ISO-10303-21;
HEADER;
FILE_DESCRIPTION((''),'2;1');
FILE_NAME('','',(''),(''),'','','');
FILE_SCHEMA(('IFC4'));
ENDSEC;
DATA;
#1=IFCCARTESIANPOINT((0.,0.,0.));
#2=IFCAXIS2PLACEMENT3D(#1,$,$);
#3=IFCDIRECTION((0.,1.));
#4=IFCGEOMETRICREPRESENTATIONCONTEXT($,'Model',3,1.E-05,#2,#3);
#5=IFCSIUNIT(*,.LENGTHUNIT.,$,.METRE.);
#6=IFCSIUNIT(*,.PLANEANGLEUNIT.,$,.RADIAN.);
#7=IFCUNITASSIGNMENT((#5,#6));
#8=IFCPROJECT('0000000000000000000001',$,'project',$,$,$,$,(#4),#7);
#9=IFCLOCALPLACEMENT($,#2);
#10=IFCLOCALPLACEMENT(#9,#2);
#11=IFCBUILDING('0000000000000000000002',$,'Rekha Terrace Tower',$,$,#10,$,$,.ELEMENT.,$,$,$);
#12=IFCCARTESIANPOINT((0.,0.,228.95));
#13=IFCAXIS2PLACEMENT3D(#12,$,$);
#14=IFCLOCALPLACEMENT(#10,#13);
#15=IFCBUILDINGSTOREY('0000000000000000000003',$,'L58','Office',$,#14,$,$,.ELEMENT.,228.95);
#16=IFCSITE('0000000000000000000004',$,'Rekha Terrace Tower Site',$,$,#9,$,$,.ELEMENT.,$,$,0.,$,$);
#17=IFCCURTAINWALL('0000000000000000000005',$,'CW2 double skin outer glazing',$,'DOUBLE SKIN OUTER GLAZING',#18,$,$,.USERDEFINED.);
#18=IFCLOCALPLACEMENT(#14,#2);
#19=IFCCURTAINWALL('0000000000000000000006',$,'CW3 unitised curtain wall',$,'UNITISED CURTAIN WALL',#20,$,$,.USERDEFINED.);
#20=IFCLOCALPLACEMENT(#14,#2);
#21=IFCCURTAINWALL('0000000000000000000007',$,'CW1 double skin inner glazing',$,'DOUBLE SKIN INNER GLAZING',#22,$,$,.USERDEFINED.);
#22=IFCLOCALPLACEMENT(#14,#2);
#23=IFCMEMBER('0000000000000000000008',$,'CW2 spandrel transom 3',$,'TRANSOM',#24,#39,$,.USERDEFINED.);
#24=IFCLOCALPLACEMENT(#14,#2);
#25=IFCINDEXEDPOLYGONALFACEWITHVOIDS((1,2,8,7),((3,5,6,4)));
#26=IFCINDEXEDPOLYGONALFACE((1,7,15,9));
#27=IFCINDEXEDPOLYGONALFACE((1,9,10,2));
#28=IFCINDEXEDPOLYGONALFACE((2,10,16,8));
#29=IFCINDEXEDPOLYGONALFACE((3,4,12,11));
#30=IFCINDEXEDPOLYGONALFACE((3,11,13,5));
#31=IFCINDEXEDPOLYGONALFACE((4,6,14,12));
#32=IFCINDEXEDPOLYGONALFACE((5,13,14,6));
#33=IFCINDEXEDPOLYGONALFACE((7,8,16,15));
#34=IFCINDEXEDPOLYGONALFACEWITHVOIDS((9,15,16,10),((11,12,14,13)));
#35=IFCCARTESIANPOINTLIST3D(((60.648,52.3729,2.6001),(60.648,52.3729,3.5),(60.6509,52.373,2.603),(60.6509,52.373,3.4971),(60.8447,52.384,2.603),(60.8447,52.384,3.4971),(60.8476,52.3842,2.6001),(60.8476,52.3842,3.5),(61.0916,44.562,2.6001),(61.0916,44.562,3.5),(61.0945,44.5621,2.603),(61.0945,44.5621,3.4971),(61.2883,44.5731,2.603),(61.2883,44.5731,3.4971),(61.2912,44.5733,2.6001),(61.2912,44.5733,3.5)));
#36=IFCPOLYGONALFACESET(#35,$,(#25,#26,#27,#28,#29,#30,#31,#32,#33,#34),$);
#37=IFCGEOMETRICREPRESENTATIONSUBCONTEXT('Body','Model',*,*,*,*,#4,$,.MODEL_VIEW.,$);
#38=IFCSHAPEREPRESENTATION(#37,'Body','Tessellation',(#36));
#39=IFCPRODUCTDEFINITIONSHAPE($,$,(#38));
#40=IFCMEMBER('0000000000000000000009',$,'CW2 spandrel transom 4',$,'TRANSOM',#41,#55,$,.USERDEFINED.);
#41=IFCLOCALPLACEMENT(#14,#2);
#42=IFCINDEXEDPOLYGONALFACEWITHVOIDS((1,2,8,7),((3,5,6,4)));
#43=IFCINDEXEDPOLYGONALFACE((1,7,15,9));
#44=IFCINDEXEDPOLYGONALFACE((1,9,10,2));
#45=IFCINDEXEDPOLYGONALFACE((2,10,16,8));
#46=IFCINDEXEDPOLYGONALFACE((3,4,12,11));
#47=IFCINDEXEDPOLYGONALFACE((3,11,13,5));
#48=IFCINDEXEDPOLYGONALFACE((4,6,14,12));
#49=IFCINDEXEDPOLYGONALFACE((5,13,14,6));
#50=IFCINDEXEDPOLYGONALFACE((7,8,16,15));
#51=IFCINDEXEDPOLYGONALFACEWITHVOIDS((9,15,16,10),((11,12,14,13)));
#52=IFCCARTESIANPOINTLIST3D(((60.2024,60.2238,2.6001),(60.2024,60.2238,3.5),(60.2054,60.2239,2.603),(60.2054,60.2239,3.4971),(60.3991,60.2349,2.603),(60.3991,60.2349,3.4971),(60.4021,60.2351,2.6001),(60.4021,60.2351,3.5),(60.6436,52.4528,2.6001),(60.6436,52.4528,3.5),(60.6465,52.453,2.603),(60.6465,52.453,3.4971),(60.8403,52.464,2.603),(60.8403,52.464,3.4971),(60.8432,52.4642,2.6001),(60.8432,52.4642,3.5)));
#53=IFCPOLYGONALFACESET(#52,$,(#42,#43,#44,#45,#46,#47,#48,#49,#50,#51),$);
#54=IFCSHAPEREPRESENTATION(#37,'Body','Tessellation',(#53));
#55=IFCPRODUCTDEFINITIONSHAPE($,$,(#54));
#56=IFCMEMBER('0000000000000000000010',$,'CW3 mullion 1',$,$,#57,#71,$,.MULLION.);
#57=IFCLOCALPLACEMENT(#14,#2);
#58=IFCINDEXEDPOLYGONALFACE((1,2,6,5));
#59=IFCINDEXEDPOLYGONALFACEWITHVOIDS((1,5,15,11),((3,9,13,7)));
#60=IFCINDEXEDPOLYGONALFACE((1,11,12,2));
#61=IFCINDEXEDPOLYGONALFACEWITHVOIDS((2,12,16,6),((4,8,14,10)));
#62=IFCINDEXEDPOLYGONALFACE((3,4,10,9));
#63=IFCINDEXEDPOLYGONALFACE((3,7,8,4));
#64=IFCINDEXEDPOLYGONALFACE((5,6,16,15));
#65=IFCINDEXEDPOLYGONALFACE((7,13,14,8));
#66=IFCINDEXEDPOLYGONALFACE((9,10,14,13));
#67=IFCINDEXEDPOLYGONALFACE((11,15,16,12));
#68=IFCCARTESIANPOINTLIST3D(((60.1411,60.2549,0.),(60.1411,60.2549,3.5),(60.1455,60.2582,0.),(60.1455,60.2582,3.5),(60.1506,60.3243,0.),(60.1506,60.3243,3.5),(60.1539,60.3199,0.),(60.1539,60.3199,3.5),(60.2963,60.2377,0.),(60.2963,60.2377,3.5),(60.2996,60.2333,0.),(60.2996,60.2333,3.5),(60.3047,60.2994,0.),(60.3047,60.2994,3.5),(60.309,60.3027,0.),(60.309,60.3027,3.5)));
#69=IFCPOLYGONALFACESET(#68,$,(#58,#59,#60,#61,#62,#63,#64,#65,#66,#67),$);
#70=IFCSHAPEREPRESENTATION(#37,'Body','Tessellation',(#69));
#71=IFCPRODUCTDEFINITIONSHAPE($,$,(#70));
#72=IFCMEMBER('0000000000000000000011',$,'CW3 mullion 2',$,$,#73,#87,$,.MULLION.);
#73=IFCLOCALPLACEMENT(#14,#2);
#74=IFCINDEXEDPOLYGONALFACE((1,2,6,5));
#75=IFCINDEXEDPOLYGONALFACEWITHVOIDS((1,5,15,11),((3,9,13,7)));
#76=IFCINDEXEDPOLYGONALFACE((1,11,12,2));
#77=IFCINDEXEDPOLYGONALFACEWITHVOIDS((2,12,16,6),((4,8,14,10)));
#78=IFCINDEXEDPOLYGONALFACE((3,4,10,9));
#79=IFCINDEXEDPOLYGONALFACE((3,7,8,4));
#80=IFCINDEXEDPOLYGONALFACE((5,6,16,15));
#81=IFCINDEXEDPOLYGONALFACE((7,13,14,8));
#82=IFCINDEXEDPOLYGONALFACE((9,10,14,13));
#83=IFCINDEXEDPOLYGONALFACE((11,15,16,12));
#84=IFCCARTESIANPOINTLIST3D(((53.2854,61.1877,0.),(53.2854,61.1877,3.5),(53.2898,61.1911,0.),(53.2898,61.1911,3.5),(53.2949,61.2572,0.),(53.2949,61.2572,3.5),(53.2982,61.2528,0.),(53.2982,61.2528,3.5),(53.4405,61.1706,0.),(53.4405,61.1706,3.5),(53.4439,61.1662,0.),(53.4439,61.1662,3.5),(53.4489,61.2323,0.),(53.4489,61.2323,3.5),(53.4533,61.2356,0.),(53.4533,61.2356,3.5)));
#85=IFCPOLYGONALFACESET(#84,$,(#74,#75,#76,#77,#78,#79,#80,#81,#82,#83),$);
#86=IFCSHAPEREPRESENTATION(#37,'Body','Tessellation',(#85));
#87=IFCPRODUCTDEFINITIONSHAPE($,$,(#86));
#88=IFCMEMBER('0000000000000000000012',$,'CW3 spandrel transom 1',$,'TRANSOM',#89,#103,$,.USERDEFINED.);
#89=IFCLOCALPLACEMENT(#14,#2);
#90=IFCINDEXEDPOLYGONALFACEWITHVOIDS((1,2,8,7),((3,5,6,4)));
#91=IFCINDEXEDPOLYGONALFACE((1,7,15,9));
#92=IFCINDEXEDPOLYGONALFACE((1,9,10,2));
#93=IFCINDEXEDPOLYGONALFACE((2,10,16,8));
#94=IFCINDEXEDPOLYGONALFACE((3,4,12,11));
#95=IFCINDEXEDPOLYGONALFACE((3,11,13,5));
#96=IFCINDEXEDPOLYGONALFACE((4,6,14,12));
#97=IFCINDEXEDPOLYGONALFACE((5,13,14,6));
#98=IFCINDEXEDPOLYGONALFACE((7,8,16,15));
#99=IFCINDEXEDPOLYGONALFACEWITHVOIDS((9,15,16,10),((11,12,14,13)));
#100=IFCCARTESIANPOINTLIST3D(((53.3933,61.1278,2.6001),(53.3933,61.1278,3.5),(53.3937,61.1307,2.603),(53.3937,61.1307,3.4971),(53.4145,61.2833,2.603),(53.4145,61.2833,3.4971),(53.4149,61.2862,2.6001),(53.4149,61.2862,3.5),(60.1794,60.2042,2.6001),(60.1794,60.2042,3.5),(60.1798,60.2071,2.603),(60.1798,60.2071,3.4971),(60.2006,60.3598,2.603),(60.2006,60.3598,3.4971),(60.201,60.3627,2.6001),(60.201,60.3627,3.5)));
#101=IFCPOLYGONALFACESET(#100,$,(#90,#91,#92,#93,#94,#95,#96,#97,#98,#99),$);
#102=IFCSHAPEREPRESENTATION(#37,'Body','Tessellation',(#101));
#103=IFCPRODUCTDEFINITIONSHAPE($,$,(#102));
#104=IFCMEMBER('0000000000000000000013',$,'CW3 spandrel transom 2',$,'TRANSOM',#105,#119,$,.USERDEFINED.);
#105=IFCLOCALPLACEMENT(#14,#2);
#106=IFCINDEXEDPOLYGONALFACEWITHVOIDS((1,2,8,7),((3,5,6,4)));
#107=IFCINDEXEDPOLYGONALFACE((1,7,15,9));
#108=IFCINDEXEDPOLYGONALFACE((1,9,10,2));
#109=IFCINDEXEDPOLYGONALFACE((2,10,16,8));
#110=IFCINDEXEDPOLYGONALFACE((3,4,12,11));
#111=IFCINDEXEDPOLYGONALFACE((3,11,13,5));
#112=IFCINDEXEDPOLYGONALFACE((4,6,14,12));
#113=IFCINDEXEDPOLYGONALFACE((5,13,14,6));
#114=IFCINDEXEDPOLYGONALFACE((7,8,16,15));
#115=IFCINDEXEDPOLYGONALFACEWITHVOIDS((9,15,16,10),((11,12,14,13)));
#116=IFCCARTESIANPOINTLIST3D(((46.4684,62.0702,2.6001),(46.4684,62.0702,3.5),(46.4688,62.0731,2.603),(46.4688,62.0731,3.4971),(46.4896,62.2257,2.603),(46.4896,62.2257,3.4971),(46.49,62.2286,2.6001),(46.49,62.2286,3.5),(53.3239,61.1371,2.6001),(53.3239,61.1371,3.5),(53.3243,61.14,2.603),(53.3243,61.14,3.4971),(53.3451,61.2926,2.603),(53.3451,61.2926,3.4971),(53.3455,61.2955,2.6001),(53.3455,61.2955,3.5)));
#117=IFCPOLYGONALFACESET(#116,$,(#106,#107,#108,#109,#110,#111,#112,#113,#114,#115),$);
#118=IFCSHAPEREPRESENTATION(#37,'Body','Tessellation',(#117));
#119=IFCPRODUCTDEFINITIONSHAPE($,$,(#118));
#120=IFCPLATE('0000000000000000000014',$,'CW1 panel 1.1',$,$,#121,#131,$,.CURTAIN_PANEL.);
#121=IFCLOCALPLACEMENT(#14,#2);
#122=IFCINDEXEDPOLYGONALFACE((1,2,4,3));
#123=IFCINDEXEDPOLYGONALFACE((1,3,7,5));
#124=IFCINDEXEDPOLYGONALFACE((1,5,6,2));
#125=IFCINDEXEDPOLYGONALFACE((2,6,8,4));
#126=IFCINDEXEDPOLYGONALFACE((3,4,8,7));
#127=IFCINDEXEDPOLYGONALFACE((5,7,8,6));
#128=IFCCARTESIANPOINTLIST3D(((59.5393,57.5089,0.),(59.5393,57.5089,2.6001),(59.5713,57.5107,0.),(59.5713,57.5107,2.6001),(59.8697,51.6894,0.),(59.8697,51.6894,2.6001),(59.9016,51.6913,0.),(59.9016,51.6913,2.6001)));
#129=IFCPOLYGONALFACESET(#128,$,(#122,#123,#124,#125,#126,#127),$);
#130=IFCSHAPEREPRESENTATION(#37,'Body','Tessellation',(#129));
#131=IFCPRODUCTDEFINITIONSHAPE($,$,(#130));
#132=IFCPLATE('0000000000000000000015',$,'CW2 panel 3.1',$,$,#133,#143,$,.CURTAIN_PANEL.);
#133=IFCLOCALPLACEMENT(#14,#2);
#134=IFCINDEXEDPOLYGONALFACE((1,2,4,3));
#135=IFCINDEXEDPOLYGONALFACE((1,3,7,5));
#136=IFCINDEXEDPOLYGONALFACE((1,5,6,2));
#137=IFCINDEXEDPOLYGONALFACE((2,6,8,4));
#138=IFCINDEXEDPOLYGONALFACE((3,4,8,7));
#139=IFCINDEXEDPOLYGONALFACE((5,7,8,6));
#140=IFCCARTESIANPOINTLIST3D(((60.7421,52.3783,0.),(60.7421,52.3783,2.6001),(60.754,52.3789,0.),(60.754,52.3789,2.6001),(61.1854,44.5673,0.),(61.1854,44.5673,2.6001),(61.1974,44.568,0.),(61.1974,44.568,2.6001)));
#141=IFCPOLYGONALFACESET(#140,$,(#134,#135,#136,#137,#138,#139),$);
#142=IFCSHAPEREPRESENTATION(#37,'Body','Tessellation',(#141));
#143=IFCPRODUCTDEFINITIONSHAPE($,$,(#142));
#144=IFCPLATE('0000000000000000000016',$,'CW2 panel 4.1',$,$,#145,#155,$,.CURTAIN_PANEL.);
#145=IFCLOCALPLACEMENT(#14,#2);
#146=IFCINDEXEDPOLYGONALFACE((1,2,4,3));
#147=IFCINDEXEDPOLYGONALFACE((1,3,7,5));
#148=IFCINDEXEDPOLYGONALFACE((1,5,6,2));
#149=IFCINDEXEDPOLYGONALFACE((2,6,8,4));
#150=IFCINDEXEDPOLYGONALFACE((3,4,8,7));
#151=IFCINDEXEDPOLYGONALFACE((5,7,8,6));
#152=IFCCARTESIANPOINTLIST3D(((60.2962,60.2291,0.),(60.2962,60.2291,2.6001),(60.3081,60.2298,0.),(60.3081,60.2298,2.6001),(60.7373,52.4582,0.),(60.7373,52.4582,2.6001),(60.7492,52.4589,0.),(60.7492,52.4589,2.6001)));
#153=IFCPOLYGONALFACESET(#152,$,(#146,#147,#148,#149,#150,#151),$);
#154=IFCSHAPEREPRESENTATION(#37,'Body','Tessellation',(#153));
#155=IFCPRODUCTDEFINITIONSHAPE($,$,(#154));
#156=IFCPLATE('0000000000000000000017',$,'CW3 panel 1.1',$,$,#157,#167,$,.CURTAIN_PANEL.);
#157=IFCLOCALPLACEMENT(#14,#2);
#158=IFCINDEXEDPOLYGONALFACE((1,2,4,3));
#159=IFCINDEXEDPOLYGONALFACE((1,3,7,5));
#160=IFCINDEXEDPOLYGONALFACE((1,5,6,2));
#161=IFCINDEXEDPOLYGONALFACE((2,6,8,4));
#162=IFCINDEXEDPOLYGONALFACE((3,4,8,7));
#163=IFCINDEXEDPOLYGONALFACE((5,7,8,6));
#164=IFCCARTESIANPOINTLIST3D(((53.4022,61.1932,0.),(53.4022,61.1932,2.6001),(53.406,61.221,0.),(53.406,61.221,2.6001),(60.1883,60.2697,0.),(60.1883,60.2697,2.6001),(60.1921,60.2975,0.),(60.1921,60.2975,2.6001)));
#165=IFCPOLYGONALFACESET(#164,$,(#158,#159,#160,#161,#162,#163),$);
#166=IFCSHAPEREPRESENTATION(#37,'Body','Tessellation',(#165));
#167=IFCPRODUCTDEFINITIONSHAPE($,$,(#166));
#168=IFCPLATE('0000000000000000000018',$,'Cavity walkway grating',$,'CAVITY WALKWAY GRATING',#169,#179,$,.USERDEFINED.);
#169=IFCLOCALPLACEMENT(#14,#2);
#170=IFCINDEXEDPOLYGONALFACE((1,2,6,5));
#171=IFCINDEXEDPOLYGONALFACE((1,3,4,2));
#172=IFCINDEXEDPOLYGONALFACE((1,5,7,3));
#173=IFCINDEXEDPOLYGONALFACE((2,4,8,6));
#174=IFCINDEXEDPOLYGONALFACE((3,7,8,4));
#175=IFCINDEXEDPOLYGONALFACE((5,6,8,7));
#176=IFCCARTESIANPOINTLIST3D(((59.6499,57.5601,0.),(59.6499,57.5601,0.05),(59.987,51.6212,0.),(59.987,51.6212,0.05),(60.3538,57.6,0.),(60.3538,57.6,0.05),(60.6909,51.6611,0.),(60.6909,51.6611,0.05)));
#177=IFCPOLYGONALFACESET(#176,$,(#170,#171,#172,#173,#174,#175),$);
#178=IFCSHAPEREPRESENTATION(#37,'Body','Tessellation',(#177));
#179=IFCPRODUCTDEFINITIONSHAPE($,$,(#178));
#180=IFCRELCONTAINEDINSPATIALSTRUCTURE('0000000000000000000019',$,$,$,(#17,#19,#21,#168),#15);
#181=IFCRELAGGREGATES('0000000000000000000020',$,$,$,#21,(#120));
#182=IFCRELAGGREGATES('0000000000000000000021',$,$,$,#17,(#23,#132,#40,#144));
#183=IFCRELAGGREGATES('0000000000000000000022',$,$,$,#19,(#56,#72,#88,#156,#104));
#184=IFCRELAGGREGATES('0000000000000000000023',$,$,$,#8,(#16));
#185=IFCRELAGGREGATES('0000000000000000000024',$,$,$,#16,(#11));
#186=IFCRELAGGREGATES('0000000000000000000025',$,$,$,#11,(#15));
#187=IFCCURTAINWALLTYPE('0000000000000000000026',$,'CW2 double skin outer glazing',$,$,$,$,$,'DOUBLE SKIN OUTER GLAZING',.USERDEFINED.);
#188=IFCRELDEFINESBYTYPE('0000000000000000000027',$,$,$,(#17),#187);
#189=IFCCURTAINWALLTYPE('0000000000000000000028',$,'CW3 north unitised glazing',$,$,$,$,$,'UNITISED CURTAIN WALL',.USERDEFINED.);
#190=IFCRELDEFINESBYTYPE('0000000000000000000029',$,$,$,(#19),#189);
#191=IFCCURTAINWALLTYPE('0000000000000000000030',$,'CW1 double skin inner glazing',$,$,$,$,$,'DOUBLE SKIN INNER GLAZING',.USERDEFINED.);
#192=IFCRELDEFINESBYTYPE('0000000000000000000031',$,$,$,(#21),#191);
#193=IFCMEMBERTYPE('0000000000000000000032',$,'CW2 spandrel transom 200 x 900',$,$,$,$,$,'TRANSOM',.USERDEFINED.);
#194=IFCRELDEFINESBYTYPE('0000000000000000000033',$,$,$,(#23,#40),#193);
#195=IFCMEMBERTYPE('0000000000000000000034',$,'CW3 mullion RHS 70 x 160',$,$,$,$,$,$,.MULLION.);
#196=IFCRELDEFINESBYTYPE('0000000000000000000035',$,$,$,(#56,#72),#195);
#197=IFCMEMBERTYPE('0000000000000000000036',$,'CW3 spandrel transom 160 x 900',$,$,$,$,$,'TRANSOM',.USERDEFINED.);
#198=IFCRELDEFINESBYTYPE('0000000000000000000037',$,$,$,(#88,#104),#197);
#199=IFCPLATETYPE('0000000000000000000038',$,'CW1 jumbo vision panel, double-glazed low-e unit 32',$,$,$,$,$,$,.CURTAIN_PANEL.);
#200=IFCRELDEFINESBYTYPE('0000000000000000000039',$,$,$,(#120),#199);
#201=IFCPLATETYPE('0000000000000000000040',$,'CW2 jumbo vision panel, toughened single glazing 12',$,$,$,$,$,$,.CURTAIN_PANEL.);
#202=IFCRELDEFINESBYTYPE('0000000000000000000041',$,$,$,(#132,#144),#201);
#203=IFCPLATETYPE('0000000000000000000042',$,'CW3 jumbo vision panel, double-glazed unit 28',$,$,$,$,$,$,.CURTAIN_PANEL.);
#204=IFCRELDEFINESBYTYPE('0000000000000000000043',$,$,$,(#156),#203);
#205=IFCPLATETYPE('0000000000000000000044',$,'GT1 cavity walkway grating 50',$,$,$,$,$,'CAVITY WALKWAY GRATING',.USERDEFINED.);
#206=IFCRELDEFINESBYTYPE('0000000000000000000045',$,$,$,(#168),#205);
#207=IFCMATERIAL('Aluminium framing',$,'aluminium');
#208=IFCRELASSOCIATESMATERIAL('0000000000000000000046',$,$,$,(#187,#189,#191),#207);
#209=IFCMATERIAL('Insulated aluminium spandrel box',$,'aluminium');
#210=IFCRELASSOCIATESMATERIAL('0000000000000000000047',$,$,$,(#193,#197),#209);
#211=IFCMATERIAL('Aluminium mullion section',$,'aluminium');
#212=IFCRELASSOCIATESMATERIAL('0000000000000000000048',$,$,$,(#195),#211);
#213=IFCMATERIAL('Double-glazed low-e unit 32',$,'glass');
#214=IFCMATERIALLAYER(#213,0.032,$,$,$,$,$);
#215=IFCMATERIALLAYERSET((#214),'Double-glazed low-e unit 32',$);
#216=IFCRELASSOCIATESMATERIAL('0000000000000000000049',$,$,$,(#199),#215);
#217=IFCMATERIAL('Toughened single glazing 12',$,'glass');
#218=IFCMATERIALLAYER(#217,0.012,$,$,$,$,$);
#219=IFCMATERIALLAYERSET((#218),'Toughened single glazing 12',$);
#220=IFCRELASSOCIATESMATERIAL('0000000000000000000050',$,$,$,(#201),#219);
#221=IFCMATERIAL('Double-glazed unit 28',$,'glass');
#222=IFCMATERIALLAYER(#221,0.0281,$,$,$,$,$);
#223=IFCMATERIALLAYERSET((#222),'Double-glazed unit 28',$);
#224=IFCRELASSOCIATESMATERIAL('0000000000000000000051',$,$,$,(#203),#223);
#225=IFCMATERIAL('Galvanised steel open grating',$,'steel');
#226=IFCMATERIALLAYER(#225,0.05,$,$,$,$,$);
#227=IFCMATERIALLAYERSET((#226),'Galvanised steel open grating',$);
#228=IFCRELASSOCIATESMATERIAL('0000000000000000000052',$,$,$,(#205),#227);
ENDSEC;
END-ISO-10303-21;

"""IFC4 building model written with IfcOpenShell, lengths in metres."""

from ifc_helpers import new_model, si_unit, direction, frame, origin, origin_2d, place, context, subcontext, project, spatial, rectangle, hollow_rectangle, extrude, material, layer, layer_set, material_profile, profile_set, type_object, element, aggregate, save


model = new_model("IFC4")

# Units and contexts
model_context = context("Model", 3, precision=1e-05, world=origin(), true_north=direction((0.0, 1.0)))
body_context = subcontext(model_context, "Body", "Model", "MODEL_VIEW")
ifc_project = project(units=[si_unit("LENGTHUNIT", "METRE"), si_unit("PLANEANGLEUNIT", "RADIAN")], contexts=[model_context])

# Site, building, storey
site_placement = place(None, origin())
site = spatial("IfcSite", under=ifc_project, at=site_placement, Name="Rekha Terrace Tower Site", CompositionType="ELEMENT", RefElevation=0.0)
building_placement = place(site_placement, origin())
building = spatial("IfcBuilding", under=site, at=building_placement, Name="Rekha Terrace Tower", CompositionType="ELEMENT")
storey_placement = place(building_placement, frame((0.0, 0.0, 228.95)))
storey = spatial("IfcBuildingStorey", under=building, at=storey_placement, Name="L58", Description="Office", CompositionType="ELEMENT", Elevation=228.95)

# Curtain walls
ifc_material_1 = material(Name="Aluminium framing", Category="aluminium")
curtain_wall_type_1 = type_object("IfcCurtainWallType", Name="CW2 double skin outer glazing", ElementType="DOUBLE SKIN OUTER GLAZING", PredefinedType="USERDEFINED", material=ifc_material_1)
curtain_wall_1_placement = place(storey_placement, origin())
curtain_wall_1 = element("IfcCurtainWall", 1, at=curtain_wall_1_placement, inside=storey, type_object=curtain_wall_type_1, Name="CW2 double skin outer glazing", ObjectType="DOUBLE SKIN OUTER GLAZING", PredefinedType="USERDEFINED")
curtain_wall_type_2 = type_object("IfcCurtainWallType", Name="CW3 north unitised glazing", ElementType="UNITISED CURTAIN WALL", PredefinedType="USERDEFINED", material=ifc_material_1)
curtain_wall_2_placement = place(storey_placement, origin())
curtain_wall_2 = element("IfcCurtainWall", 2, at=curtain_wall_2_placement, inside=storey, type_object=curtain_wall_type_2, Name="CW3 unitised curtain wall", ObjectType="UNITISED CURTAIN WALL", PredefinedType="USERDEFINED")
curtain_wall_type_3 = type_object("IfcCurtainWallType", Name="CW1 double skin inner glazing", ElementType="DOUBLE SKIN INNER GLAZING", PredefinedType="USERDEFINED", material=ifc_material_1)
ifc_material_2 = material(Name="Aluminium mullion section", Category="aluminium")

# Curtain wall
curtain_wall_3_placement = place(storey_placement, origin())
curtain_wall_3 = element("IfcCurtainWall", 3, at=curtain_wall_3_placement, inside=storey, type_object=curtain_wall_type_3, Name="CW1 double skin inner glazing", ObjectType="DOUBLE SKIN INNER GLAZING", PredefinedType="USERDEFINED")
ifc_material_3 = material(Name="Insulated aluminium spandrel box", Category="aluminium")

# Members
ifc_material_profile_1 = material_profile(ifc_material_3, hollow_rectangle(XDim=0.2, YDim=0.8999, WallThickness=0.0029, at=origin_2d()), Name="AL SPANDREL BOX 200x900")
ifc_profile_set_1 = profile_set([ifc_material_profile_1], Name="Insulated aluminium spandrel box")
member_type_1 = type_object("IfcMemberType", Name="CW2 spandrel transom 200 x 900", ElementType="TRANSOM", PredefinedType="USERDEFINED", material=ifc_profile_set_1)
member_1_placement = place(storey_placement, frame((61.1914, 44.5676, 3.05), z_axis=(-0.056702, 0.998391, 0.0), x_axis=(-0.998391, -0.056702, 0.0)))
member_1 = element("IfcMember", 4, at=member_1_placement, type_object=member_type_1, Name="CW2 spandrel transom 3", ObjectType="TRANSOM", PredefinedType="USERDEFINED", context=body_context, shape_type="SweptSolid", body=[
    extrude(hollow_rectangle(XDim=0.2, YDim=0.8999, WallThickness=0.0029, at=origin_2d()), origin(), (0.0, 0.0, 1.0), 7.8235),
])
member_2_placement = place(storey_placement, frame((60.7434, 52.4585, 3.05), z_axis=(-0.056679, 0.998392, 0.0), x_axis=(-0.998392, -0.056679, 0.0)))
member_2 = element("IfcMember", 5, at=member_2_placement, type_object=member_type_1, Name="CW2 spandrel transom 4", ObjectType="TRANSOM", PredefinedType="USERDEFINED", context=body_context, shape_type="SweptSolid", body=[
    extrude(hollow_rectangle(XDim=0.2, YDim=0.8999, WallThickness=0.0029, at=origin_2d()), origin(), (0.0, 0.0, 1.0), 7.7834),
])
ifc_material_profile_2 = material_profile(ifc_material_2, hollow_rectangle(XDim=0.0701, YDim=0.1599, WallThickness=0.0039, at=origin_2d()), Name="AL RHS 70x160")
ifc_profile_set_2 = profile_set([ifc_material_profile_2], Name="Aluminium mullion section")
member_type_2 = type_object("IfcMemberType", Name="CW3 mullion RHS 70 x 160", PredefinedType="MULLION", material=ifc_profile_set_2)
member_3_placement = place(storey_placement, frame((60.2251, 60.2788, 0.0), z_axis=(0.0, 0.0, 1.0), x_axis=(-0.134841, -0.990867, 0.0)))
member_3 = element("IfcMember", 6, at=member_3_placement, type_object=member_type_2, Name="CW3 mullion 1", PredefinedType="MULLION", context=body_context, shape_type="SweptSolid", body=[
    extrude(hollow_rectangle(XDim=0.0701, YDim=0.1599, WallThickness=0.0039, at=origin_2d()), origin(), (0.0, 0.0, 1.0), 3.5),
])
member_4_placement = place(storey_placement, frame((53.3694, 61.2117, 0.0), z_axis=(0.0, 0.0, 1.0), x_axis=(-0.134841, -0.990867, 0.0)))
member_4 = element("IfcMember", 7, at=member_4_placement, type_object=member_type_2, Name="CW3 mullion 2", PredefinedType="MULLION", context=body_context, shape_type="SweptSolid", body=[
    extrude(hollow_rectangle(XDim=0.0701, YDim=0.1599, WallThickness=0.0039, at=origin_2d()), origin(), (0.0, 0.0, 1.0), 3.5),
])
ifc_material_profile_3 = material_profile(ifc_material_3, hollow_rectangle(XDim=0.1599, YDim=0.8999, WallThickness=0.0029, at=origin_2d()), Name="AL SPANDREL BOX 160x900")
ifc_profile_set_3 = profile_set([ifc_material_profile_3], Name="Insulated aluminium spandrel box")
member_type_3 = type_object("IfcMemberType", Name="CW3 spandrel transom 160 x 900", ElementType="TRANSOM", PredefinedType="USERDEFINED", material=ifc_profile_set_3)
member_5_placement = place(storey_placement, frame((60.1902, 60.2834, 3.05), z_axis=(-0.990865, 0.134855, 0.0), x_axis=(-0.134855, -0.990865, 0.0)))
member_5 = element("IfcMember", 8, at=member_5_placement, type_object=member_type_3, Name="CW3 spandrel transom 1", ObjectType="TRANSOM", PredefinedType="USERDEFINED", context=body_context, shape_type="SweptSolid", body=[
    extrude(hollow_rectangle(XDim=0.1599, YDim=0.8999, WallThickness=0.0029, at=origin_2d()), origin(), (0.0, 0.0, 1.0), 6.8486),
])
member_6_placement = place(storey_placement, frame((53.3347, 61.2163, 3.05), z_axis=(-0.990864, 0.134868, 0.0), x_axis=(-0.134868, -0.990864, 0.0)))
member_6 = element("IfcMember", 9, at=member_6_placement, type_object=member_type_3, Name="CW3 spandrel transom 2", ObjectType="TRANSOM", PredefinedType="USERDEFINED", context=body_context, shape_type="SweptSolid", body=[
    extrude(hollow_rectangle(XDim=0.1599, YDim=0.8999, WallThickness=0.0029, at=origin_2d()), origin(), (0.0, 0.0, 1.0), 6.9187),
])

# Plates
ifc_material_4 = material(Name="Double-glazed low-e unit 32", Category="glass")
ifc_layer_1 = layer(ifc_material_4, 0.032)
ifc_layer_set_1 = layer_set([ifc_layer_1], Name="Double-glazed low-e unit 32")
plate_type_1 = type_object("IfcPlateType", Name="CW1 jumbo vision panel, double-glazed low-e unit 32", PredefinedType="CURTAIN_PANEL", material=ifc_layer_set_1)
plate_1_placement = place(storey_placement, frame((59.7205, 54.6001, 0.0), z_axis=(0.0, 0.0, 1.0), x_axis=(-0.056673, 0.998393, 0.0)))
plate_1 = element("IfcPlate", 10, at=plate_1_placement, type_object=plate_type_1, Name="CW1 panel 1.1", PredefinedType="CURTAIN_PANEL", context=body_context, shape_type="SweptSolid", body=[
    extrude(rectangle(XDim=5.8289, YDim=0.032, at=origin_2d()), origin(), (0.0, 0.0, 1.0), 2.6001),
])
aggregate(curtain_wall_3, [plate_1])
ifc_material_5 = material(Name="Toughened single glazing 12", Category="glass")
ifc_layer_2 = layer(ifc_material_5, 0.012)
ifc_layer_set_2 = layer_set([ifc_layer_2], Name="Toughened single glazing 12")
plate_type_2 = type_object("IfcPlateType", Name="CW2 jumbo vision panel, toughened single glazing 12", PredefinedType="CURTAIN_PANEL", material=ifc_layer_set_2)
plate_2_placement = place(storey_placement, frame((60.9697, 48.4731, 0.0), z_axis=(0.0, 0.0, 1.0), x_axis=(-0.056673, 0.998393, 0.0)))
plate_2 = element("IfcPlate", 11, at=plate_2_placement, type_object=plate_type_2, Name="CW2 panel 3.1", PredefinedType="CURTAIN_PANEL", context=body_context, shape_type="SweptSolid", body=[
    extrude(rectangle(XDim=7.8235, YDim=0.012, at=origin_2d()), origin(), (0.0, 0.0, 1.0), 2.6001),
])
plate_3_placement = place(storey_placement, frame((60.5227, 56.344, 0.0), z_axis=(0.0, 0.0, 1.0), x_axis=(-0.056673, 0.998393, 0.0)))
plate_3 = element("IfcPlate", 12, at=plate_3_placement, type_object=plate_type_2, Name="CW2 panel 4.1", PredefinedType="CURTAIN_PANEL", context=body_context, shape_type="SweptSolid", body=[
    extrude(rectangle(XDim=7.7834, YDim=0.012, at=origin_2d()), origin(), (0.0, 0.0, 1.0), 2.6001),
])
aggregate(curtain_wall_1, [member_1, plate_2, member_2, plate_3])
ifc_material_6 = material(Name="Double-glazed unit 28", Category="glass")
ifc_layer_3 = layer(ifc_material_6, 0.0281)
ifc_layer_set_3 = layer_set([ifc_layer_3], Name="Double-glazed unit 28")
plate_type_3 = type_object("IfcPlateType", Name="CW3 jumbo vision panel, double-glazed unit 28", PredefinedType="CURTAIN_PANEL", material=ifc_layer_set_3)
plate_4_placement = place(storey_placement, frame((56.7971, 60.7454, 0.0), z_axis=(0.0, 0.0, 1.0), x_axis=(-0.990867, 0.134841, 0.0)))
plate_4 = element("IfcPlate", 13, at=plate_4_placement, type_object=plate_type_3, Name="CW3 panel 1.1", PredefinedType="CURTAIN_PANEL", context=body_context, shape_type="SweptSolid", body=[
    extrude(rectangle(XDim=6.8486, YDim=0.0281, at=origin_2d()), origin(), (0.0, 0.0, 1.0), 2.6001),
])
aggregate(curtain_wall_2, [member_3, member_4, member_5, plate_4, member_6])
ifc_material_7 = material(Name="Galvanised steel open grating", Category="steel")
ifc_layer_4 = layer(ifc_material_7, 0.05)
ifc_layer_set_4 = layer_set([ifc_layer_4], Name="Galvanised steel open grating")
plate_type_4 = type_object("IfcPlateType", Name="GT1 cavity walkway grating 50", ElementType="CAVITY WALKWAY GRATING", PredefinedType="USERDEFINED", material=ifc_layer_set_4)
plate_5_placement = place(storey_placement, frame((60.1704, 54.6106, 0.0), z_axis=(0.0, 0.0, 1.0), x_axis=(-0.056673, 0.998393, 0.0)))
element("IfcPlate", 14, at=plate_5_placement, inside=storey, type_object=plate_type_4, Name="Cavity walkway grating", ObjectType="CAVITY WALKWAY GRATING", PredefinedType="USERDEFINED", context=body_context, shape_type="SweptSolid", body=[
    extrude(rectangle(XDim=5.9485, YDim=0.7051, at=origin_2d()), origin(), (0.0, 0.0, 1.0), 0.05),
])

save(model, "model.ifc")
